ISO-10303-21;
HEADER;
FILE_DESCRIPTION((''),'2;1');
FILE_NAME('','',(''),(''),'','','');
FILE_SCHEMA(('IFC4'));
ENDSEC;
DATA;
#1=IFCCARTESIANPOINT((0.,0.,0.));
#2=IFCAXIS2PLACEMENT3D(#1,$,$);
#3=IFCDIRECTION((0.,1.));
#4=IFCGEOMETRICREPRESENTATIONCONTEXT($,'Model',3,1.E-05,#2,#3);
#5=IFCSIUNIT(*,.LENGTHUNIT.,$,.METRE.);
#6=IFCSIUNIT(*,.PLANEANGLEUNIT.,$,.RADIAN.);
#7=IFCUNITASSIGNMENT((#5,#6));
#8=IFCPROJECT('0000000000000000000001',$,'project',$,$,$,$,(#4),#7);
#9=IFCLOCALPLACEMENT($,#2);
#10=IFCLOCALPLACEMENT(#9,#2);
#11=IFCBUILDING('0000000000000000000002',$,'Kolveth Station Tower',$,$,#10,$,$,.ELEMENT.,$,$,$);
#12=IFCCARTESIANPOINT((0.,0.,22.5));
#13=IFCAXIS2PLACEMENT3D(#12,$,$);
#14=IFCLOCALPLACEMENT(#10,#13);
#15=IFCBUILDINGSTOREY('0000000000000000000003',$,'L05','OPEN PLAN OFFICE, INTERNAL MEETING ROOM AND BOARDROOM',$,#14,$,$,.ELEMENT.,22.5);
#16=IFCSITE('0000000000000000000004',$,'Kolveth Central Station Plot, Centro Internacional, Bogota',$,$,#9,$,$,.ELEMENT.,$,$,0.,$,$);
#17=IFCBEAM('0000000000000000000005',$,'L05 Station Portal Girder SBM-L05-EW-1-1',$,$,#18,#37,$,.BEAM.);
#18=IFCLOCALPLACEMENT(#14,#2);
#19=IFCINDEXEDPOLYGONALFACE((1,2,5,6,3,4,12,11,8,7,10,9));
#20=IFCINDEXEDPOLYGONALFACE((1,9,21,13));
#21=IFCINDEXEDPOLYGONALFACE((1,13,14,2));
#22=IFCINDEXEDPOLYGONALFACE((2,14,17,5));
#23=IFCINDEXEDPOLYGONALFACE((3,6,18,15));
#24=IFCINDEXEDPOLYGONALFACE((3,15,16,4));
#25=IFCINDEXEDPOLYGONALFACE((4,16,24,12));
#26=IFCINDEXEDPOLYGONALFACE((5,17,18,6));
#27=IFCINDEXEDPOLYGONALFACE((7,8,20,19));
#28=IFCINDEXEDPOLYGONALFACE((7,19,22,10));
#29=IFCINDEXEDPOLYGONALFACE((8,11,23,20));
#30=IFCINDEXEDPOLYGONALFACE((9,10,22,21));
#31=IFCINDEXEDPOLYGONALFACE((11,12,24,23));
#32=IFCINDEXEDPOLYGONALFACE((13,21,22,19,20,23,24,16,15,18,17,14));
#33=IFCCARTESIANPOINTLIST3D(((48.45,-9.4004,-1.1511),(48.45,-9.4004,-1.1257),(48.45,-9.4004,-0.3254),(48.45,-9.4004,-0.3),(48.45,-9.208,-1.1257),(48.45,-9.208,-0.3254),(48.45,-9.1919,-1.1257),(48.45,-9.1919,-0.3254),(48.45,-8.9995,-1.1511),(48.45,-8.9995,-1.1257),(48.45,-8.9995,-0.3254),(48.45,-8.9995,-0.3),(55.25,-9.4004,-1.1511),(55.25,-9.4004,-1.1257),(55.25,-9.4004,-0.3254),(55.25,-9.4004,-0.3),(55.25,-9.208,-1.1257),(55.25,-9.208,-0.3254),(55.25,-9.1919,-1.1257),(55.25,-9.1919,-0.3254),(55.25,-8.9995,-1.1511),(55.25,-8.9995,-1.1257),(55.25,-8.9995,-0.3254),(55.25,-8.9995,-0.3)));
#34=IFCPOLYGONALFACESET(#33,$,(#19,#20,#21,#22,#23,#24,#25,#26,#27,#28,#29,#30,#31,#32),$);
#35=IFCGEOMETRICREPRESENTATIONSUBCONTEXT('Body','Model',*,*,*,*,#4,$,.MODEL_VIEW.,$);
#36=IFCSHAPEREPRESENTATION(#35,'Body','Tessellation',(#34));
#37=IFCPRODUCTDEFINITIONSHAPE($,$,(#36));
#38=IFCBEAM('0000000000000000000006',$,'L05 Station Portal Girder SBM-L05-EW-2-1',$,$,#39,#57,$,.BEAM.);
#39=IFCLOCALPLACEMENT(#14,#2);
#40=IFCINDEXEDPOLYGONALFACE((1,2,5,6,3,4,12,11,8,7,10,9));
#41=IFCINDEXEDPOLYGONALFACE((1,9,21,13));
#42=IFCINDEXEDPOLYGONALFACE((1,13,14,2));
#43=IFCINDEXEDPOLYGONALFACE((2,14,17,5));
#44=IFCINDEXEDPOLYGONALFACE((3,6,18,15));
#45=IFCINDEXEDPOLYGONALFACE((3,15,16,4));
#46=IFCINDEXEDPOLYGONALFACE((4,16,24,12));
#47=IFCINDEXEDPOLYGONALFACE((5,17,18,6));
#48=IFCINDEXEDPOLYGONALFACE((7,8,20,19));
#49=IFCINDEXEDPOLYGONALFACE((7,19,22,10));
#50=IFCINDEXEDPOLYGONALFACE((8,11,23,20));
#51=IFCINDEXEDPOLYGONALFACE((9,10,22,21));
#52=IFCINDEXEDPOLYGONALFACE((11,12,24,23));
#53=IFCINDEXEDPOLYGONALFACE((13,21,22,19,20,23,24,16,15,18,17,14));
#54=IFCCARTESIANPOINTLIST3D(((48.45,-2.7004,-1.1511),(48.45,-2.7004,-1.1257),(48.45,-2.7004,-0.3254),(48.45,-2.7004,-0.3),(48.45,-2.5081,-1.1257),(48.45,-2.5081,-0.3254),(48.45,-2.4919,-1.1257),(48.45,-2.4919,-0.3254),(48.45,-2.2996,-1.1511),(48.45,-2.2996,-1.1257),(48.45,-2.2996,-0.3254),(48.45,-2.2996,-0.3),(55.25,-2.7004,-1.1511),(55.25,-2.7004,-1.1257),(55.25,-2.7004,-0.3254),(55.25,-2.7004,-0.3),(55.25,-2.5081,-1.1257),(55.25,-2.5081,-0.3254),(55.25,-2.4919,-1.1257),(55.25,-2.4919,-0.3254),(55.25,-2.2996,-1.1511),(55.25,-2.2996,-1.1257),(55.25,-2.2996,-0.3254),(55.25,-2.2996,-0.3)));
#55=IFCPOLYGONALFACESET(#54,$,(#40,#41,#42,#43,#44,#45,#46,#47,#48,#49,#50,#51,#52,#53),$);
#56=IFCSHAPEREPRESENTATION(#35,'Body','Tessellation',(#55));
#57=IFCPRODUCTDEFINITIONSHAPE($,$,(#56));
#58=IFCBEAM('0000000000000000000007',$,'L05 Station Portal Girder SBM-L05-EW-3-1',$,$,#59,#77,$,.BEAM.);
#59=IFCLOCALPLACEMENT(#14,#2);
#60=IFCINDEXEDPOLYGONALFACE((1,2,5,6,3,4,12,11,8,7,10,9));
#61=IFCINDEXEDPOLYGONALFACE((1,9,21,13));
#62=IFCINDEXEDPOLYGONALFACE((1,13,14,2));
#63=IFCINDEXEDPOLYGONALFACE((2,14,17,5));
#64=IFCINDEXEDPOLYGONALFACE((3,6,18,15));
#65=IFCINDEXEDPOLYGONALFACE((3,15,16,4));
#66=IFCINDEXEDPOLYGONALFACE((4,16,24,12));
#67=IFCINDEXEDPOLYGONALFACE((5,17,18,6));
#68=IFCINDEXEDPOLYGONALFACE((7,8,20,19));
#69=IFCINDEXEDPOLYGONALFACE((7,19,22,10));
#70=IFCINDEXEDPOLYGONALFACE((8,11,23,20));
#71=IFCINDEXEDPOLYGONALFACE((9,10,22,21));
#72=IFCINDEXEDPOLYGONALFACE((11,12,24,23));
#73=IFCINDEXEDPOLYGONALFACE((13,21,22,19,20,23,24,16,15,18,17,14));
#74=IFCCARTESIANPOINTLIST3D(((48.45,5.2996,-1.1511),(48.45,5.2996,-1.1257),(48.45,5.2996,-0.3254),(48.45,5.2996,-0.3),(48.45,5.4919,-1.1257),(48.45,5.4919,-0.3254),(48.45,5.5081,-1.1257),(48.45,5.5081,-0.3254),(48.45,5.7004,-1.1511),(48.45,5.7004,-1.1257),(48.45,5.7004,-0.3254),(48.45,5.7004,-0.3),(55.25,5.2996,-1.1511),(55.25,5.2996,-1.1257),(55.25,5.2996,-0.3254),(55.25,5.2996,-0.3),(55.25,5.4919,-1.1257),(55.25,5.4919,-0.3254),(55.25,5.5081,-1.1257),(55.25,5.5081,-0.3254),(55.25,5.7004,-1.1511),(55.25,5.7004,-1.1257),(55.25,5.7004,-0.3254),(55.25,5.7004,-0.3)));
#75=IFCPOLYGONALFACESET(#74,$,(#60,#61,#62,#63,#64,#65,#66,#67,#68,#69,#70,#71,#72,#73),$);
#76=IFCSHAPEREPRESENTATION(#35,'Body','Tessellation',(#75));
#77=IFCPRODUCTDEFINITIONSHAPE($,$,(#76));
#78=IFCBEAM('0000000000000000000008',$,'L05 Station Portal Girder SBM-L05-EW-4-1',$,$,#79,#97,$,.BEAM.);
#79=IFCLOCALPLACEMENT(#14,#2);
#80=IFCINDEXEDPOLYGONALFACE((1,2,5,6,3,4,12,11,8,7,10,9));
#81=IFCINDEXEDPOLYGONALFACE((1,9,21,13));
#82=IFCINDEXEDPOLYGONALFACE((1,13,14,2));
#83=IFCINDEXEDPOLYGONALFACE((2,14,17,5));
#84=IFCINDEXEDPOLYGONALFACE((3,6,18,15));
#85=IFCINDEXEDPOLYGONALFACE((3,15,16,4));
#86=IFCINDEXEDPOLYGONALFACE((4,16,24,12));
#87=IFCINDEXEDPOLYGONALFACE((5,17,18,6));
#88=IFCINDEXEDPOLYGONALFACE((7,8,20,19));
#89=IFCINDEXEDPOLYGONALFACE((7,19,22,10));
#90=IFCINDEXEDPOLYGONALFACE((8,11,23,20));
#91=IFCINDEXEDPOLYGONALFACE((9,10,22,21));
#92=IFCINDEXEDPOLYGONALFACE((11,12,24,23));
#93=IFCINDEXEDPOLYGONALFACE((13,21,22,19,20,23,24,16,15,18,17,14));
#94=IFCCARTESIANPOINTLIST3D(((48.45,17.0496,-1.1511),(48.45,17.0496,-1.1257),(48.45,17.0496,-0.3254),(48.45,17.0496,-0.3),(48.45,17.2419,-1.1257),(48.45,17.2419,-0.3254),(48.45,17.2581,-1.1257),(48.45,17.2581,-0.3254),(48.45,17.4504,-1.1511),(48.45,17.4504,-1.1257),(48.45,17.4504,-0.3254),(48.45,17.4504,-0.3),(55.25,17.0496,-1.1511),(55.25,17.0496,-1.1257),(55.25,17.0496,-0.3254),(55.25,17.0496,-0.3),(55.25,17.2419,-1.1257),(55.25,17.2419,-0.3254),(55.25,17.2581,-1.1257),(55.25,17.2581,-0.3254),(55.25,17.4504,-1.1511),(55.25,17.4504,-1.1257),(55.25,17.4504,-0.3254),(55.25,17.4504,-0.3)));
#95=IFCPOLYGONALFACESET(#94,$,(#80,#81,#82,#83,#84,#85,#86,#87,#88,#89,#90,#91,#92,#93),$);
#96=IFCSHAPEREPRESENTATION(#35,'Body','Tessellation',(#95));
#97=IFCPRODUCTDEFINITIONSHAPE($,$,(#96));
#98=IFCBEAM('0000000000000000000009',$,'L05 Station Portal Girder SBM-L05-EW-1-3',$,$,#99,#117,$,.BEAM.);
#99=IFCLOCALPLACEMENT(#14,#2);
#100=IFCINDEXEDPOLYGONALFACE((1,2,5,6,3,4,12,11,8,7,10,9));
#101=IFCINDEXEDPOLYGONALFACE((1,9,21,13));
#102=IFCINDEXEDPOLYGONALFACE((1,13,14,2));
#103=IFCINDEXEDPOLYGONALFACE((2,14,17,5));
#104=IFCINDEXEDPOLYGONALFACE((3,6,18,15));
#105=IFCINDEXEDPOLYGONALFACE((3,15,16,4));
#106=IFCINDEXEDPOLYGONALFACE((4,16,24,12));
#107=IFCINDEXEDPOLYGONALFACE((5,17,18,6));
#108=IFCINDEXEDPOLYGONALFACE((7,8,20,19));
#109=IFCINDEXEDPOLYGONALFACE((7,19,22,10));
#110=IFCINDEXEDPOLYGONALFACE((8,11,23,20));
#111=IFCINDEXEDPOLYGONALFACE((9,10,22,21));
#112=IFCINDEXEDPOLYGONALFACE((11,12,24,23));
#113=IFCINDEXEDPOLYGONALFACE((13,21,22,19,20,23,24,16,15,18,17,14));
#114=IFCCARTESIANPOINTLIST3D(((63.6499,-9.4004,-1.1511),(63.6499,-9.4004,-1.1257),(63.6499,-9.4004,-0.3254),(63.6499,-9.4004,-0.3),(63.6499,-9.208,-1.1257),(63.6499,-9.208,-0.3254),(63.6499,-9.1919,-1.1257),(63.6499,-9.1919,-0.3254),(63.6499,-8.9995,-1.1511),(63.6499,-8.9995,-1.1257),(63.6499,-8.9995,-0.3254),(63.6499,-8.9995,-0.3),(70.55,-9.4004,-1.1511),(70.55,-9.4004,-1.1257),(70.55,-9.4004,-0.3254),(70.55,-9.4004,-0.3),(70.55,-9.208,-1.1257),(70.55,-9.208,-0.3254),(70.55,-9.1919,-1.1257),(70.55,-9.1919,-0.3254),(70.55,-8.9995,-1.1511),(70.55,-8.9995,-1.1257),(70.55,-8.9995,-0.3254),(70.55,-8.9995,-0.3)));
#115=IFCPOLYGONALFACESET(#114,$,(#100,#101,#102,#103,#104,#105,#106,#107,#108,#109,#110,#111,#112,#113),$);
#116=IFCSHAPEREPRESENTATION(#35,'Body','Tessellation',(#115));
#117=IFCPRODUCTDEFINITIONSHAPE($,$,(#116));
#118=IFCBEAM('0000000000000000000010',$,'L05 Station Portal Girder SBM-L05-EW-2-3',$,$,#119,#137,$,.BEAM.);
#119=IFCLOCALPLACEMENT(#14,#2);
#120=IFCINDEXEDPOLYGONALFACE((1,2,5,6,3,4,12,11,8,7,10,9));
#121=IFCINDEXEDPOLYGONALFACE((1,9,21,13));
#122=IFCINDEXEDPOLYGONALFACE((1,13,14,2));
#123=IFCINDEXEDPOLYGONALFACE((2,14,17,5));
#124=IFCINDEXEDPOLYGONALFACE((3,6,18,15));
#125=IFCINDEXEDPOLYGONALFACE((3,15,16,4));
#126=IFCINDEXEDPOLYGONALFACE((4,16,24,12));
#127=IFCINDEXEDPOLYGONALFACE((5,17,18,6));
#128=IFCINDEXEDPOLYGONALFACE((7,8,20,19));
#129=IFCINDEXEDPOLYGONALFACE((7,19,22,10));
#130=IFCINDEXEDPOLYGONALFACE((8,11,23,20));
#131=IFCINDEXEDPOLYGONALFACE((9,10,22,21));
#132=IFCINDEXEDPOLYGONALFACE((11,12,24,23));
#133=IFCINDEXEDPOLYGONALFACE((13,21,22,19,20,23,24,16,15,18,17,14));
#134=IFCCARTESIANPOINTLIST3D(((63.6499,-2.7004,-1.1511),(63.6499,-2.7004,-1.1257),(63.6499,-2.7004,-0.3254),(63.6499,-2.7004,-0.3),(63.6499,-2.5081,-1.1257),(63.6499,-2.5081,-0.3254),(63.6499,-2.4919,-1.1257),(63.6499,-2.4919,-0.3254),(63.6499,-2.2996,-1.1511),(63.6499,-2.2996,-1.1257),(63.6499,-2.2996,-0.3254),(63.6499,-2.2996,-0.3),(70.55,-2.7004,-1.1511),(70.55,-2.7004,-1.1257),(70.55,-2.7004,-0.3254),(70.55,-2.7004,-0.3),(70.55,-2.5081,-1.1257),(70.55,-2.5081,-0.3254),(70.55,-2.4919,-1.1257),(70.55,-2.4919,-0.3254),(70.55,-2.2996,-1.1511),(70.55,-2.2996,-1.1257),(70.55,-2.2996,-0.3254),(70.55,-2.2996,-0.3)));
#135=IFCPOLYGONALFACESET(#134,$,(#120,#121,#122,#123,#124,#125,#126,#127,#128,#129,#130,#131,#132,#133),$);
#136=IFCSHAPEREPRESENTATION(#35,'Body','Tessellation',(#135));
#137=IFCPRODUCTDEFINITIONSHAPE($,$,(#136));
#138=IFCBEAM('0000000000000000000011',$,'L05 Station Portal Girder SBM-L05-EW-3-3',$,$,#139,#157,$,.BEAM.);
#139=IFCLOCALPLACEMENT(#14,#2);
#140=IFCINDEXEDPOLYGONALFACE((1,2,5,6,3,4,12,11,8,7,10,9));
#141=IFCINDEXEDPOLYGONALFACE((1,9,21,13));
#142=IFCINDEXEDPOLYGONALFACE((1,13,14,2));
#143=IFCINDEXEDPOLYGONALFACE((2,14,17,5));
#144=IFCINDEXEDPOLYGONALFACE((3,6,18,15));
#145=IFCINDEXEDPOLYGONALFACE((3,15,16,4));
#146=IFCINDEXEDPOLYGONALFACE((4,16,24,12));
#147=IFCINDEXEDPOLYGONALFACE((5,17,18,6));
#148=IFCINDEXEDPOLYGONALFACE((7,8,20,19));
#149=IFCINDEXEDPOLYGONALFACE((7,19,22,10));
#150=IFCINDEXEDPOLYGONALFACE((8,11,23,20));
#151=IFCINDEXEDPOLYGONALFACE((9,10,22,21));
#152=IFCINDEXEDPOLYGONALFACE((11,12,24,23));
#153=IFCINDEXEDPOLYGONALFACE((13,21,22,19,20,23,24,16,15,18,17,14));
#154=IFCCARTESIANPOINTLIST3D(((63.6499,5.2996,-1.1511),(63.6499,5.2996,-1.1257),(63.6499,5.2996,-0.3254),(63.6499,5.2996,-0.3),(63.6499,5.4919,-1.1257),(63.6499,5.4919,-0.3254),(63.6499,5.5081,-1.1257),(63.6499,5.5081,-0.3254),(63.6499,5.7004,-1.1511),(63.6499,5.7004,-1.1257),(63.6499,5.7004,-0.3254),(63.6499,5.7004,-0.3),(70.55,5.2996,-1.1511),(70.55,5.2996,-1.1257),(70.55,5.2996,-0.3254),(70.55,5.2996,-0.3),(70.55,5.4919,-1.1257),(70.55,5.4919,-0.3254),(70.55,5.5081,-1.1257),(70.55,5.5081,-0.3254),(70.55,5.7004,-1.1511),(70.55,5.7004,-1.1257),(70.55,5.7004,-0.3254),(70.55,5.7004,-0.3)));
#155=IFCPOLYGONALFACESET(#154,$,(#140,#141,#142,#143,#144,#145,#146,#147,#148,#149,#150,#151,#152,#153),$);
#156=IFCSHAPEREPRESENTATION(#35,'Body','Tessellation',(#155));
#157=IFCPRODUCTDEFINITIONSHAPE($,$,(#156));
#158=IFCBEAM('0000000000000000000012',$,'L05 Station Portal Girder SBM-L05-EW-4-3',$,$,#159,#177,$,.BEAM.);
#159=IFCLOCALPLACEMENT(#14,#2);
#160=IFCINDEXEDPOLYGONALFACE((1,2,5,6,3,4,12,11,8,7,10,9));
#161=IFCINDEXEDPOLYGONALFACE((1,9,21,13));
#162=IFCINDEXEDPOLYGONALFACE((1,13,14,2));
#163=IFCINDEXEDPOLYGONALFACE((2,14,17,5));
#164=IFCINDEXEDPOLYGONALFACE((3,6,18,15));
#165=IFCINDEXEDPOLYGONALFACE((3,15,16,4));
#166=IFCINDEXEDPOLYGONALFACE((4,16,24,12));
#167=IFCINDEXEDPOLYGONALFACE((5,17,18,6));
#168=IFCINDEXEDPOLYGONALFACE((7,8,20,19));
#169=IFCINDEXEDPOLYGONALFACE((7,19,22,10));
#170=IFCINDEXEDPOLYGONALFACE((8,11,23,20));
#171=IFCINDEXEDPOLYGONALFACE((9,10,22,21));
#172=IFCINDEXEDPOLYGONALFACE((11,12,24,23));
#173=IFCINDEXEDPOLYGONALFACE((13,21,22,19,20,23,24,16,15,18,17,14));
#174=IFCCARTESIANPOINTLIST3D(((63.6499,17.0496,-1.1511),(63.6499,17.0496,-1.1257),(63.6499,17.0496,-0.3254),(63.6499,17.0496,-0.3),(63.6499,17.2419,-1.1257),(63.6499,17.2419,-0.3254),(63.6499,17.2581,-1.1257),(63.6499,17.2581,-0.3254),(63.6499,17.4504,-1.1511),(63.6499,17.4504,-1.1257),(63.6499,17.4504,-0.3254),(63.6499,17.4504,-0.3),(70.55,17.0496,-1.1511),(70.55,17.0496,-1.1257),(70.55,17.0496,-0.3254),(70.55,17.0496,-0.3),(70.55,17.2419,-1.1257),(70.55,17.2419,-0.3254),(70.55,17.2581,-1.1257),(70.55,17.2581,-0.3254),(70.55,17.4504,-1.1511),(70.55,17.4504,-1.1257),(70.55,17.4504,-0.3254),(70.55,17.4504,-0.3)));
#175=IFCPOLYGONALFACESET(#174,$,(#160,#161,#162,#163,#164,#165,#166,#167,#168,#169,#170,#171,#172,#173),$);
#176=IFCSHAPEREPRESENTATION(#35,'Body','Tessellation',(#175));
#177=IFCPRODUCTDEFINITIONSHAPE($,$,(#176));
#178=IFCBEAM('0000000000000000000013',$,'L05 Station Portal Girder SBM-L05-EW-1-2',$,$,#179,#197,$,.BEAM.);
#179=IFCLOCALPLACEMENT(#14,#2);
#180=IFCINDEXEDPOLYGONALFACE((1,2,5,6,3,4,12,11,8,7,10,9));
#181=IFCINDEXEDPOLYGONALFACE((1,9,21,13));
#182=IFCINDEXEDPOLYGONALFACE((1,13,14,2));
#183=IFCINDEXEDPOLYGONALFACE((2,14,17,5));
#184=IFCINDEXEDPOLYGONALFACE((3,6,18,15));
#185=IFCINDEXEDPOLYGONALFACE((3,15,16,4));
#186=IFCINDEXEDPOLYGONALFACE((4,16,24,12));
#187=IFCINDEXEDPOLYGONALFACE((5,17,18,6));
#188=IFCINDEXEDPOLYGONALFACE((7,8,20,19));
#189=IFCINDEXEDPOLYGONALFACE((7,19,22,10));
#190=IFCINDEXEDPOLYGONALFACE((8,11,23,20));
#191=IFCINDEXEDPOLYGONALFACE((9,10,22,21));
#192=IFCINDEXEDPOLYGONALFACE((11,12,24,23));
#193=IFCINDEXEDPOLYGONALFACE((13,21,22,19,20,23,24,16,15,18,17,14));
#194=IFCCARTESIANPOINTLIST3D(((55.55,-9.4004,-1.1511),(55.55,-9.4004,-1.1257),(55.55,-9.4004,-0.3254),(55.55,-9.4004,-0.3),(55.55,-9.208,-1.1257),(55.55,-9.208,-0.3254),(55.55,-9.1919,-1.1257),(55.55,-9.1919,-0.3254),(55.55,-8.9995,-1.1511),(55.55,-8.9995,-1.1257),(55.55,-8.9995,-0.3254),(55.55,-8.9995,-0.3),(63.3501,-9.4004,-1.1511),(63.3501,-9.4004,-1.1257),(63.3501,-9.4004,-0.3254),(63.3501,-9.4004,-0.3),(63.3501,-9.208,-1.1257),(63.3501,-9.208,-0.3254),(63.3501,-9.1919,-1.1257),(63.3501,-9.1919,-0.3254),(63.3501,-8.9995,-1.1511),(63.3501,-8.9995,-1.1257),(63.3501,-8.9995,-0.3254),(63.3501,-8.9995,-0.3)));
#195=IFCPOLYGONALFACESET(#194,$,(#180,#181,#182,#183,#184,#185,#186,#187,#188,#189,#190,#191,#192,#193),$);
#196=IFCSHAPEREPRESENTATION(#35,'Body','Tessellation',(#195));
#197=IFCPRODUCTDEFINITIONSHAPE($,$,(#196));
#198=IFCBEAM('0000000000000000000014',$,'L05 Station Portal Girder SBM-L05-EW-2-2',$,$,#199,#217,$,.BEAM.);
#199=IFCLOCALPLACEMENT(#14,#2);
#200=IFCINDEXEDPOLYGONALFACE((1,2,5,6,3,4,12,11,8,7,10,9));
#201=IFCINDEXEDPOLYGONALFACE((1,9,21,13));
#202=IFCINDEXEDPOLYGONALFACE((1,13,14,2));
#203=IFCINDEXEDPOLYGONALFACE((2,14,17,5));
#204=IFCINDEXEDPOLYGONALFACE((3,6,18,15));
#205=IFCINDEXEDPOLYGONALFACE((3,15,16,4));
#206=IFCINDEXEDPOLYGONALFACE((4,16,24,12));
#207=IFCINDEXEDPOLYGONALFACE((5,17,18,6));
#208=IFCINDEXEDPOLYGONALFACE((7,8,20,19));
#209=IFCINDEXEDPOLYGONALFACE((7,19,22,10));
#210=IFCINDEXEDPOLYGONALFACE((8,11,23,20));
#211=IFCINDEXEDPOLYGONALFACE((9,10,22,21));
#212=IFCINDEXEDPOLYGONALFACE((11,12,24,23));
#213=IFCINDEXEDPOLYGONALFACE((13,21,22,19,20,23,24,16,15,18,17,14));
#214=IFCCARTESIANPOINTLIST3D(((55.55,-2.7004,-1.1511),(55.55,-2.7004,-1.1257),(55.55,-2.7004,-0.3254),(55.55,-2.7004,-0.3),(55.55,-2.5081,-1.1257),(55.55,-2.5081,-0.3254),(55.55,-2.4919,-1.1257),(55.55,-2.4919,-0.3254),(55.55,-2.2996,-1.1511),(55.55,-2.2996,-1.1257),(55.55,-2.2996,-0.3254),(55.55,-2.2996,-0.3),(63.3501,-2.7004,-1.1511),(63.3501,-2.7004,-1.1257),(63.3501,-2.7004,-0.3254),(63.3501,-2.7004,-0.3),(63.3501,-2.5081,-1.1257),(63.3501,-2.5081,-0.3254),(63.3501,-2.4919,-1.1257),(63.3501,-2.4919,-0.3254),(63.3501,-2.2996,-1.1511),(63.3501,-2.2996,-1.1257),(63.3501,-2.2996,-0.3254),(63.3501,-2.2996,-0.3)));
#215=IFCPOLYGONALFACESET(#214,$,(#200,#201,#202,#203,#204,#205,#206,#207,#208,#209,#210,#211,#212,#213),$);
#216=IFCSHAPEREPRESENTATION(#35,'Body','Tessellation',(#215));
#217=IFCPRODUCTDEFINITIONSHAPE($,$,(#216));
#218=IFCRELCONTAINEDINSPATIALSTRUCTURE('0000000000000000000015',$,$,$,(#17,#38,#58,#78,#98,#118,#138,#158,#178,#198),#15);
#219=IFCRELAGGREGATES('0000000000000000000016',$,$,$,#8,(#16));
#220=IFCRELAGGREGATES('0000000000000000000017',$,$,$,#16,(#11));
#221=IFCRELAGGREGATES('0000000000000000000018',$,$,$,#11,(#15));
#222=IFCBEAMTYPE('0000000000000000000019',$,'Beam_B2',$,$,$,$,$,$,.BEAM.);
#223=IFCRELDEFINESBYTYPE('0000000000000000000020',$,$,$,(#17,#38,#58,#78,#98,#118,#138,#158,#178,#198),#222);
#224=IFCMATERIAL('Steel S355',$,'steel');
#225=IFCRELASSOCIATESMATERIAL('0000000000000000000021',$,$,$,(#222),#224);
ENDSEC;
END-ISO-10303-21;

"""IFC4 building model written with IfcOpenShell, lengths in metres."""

from ifc_helpers import new_model, si_unit, direction, frame, origin, origin_2d, place, context, subcontext, project, spatial, i_section, extrude, source, transform, mapped, material, material_profile, profile_set, type_object, element, save


model = new_model("IFC4")

# Units and contexts
model_context = context("Model", 3, precision=1e-05, world=origin(), true_north=direction((0.0, 1.0)))
body_context = subcontext(model_context, "Body", "Model", "MODEL_VIEW")
ifc_project = project(units=[si_unit("LENGTHUNIT", "METRE"), si_unit("PLANEANGLEUNIT", "RADIAN")], contexts=[model_context])

# Site, building, storey
site_placement = place(None, origin())
site = spatial("IfcSite", under=ifc_project, at=site_placement, Name="Kolveth Central Station Plot, Centro Internacional, Bogota", CompositionType="ELEMENT", RefElevation=0.0)
building_placement = place(site_placement, origin())
building = spatial("IfcBuilding", under=site, at=building_placement, Name="Kolveth Station Tower", CompositionType="ELEMENT")
storey_placement = place(building_placement, frame((0.0, 0.0, 22.5)))
storey = spatial("IfcBuildingStorey", under=building, at=storey_placement, Name="L05", Description="OPEN PLAN OFFICE, INTERNAL MEETING ROOM AND BOARDROOM", CompositionType="ELEMENT", Elevation=22.5)

# Beams
ifc_material_1 = material(Name="Steel S355", Category="steel")
ifc_material_profile_1 = material_profile(ifc_material_1, i_section(OverallWidth=0.4009, OverallDepth=0.8511, WebThickness=0.0161, FlangeThickness=0.0254, at=origin_2d()), Name="W840x226")
ifc_profile_set_1 = profile_set([ifc_material_profile_1], Name="Steel S355")
beam_type_1 = type_object("IfcBeamType", Name="Beam_B2", PredefinedType="BEAM", material=ifc_profile_set_1)
shared_shape_1 = source(origin(), body_context, "Body", "SweptSolid", [
    extrude(i_section(OverallWidth=0.4009, OverallDepth=0.8511, WebThickness=0.0161, FlangeThickness=0.0254, at=origin_2d()), origin(), (0.0, 0.0, 1.0), 6.8),
])
for number, where, z_axis, x_axis, name in (
    (1, (48.45, -9.2, -0.7256), (1.0, 0.0, 0.0), (0.0, 1.0, 0.0), "L05 Station Portal Girder SBM-L05-EW-1-1"),
    (2, (48.45, -2.5, -0.7256), (1.0, 0.0, 0.0), (0.0, 1.0, 0.0), "L05 Station Portal Girder SBM-L05-EW-2-1"),
    (3, (48.45, 5.5, -0.7256), (1.0, 0.0, 0.0), (0.0, 1.0, 0.0), "L05 Station Portal Girder SBM-L05-EW-3-1"),
    (4, (48.45, 17.25, -0.7256), (1.0, 0.0, 0.0), (0.0, 1.0, 0.0), "L05 Station Portal Girder SBM-L05-EW-4-1"),
):
    element("IfcBeam", number, at=place(storey_placement, frame(where, z_axis=z_axis, x_axis=x_axis)), inside=storey, type_object=beam_type_1, Name=name, PredefinedType="BEAM", context=body_context, shape_type="MappedRepresentation", body=[
        mapped(shared_shape_1, transform((0.0, 0.0, 0.0), x_axis=(1.0, 0.0, 0.0), y_axis=(0.0, 1.0, 0.0), z_axis=(0.0, 0.0, 1.0), scale=1.0)),
    ])
shared_shape_2 = source(origin(), body_context, "Body", "SweptSolid", [
    extrude(i_section(OverallWidth=0.4009, OverallDepth=0.8511, WebThickness=0.0161, FlangeThickness=0.0254, at=origin_2d()), origin(), (0.0, 0.0, 1.0), 6.9001),
])
for number, where, z_axis, x_axis, name in (
    (5, (63.6499, -9.2, -0.7256), (1.0, 0.0, 0.0), (0.0, 1.0, 0.0), "L05 Station Portal Girder SBM-L05-EW-1-3"),
    (6, (63.6499, -2.5, -0.7256), (1.0, 0.0, 0.0), (0.0, 1.0, 0.0), "L05 Station Portal Girder SBM-L05-EW-2-3"),
    (7, (63.6499, 5.5, -0.7256), (1.0, 0.0, 0.0), (0.0, 1.0, 0.0), "L05 Station Portal Girder SBM-L05-EW-3-3"),
    (8, (63.6499, 17.25, -0.7256), (1.0, 0.0, 0.0), (0.0, 1.0, 0.0), "L05 Station Portal Girder SBM-L05-EW-4-3"),
):
    element("IfcBeam", number, at=place(storey_placement, frame(where, z_axis=z_axis, x_axis=x_axis)), inside=storey, type_object=beam_type_1, Name=name, PredefinedType="BEAM", context=body_context, shape_type="MappedRepresentation", body=[
        mapped(shared_shape_2, transform((0.0, 0.0, 0.0), x_axis=(1.0, 0.0, 0.0), y_axis=(0.0, 1.0, 0.0), z_axis=(0.0, 0.0, 1.0), scale=1.0)),
    ])
shared_shape_3 = source(origin(), body_context, "Body", "SweptSolid", [
    extrude(i_section(OverallWidth=0.4009, OverallDepth=0.8511, WebThickness=0.0161, FlangeThickness=0.0254, at=origin_2d()), origin(), (0.0, 0.0, 1.0), 7.8),
])
for number, where, z_axis, x_axis, name in (
    (9, (55.55, -9.2, -0.7256), (1.0, 0.0, 0.0), (0.0, 1.0, 0.0), "L05 Station Portal Girder SBM-L05-EW-1-2"),
    (10, (55.55, -2.5, -0.7256), (1.0, 0.0, 0.0), (0.0, 1.0, 0.0), "L05 Station Portal Girder SBM-L05-EW-2-2"),
):
    element("IfcBeam", number, at=place(storey_placement, frame(where, z_axis=z_axis, x_axis=x_axis)), inside=storey, type_object=beam_type_1, Name=name, PredefinedType="BEAM", context=body_context, shape_type="MappedRepresentation", body=[
        mapped(shared_shape_3, transform((0.0, 0.0, 0.0), x_axis=(1.0, 0.0, 0.0), y_axis=(0.0, 1.0, 0.0), z_axis=(0.0, 0.0, 1.0), scale=1.0)),
    ])

save(model, "model.ifc")
